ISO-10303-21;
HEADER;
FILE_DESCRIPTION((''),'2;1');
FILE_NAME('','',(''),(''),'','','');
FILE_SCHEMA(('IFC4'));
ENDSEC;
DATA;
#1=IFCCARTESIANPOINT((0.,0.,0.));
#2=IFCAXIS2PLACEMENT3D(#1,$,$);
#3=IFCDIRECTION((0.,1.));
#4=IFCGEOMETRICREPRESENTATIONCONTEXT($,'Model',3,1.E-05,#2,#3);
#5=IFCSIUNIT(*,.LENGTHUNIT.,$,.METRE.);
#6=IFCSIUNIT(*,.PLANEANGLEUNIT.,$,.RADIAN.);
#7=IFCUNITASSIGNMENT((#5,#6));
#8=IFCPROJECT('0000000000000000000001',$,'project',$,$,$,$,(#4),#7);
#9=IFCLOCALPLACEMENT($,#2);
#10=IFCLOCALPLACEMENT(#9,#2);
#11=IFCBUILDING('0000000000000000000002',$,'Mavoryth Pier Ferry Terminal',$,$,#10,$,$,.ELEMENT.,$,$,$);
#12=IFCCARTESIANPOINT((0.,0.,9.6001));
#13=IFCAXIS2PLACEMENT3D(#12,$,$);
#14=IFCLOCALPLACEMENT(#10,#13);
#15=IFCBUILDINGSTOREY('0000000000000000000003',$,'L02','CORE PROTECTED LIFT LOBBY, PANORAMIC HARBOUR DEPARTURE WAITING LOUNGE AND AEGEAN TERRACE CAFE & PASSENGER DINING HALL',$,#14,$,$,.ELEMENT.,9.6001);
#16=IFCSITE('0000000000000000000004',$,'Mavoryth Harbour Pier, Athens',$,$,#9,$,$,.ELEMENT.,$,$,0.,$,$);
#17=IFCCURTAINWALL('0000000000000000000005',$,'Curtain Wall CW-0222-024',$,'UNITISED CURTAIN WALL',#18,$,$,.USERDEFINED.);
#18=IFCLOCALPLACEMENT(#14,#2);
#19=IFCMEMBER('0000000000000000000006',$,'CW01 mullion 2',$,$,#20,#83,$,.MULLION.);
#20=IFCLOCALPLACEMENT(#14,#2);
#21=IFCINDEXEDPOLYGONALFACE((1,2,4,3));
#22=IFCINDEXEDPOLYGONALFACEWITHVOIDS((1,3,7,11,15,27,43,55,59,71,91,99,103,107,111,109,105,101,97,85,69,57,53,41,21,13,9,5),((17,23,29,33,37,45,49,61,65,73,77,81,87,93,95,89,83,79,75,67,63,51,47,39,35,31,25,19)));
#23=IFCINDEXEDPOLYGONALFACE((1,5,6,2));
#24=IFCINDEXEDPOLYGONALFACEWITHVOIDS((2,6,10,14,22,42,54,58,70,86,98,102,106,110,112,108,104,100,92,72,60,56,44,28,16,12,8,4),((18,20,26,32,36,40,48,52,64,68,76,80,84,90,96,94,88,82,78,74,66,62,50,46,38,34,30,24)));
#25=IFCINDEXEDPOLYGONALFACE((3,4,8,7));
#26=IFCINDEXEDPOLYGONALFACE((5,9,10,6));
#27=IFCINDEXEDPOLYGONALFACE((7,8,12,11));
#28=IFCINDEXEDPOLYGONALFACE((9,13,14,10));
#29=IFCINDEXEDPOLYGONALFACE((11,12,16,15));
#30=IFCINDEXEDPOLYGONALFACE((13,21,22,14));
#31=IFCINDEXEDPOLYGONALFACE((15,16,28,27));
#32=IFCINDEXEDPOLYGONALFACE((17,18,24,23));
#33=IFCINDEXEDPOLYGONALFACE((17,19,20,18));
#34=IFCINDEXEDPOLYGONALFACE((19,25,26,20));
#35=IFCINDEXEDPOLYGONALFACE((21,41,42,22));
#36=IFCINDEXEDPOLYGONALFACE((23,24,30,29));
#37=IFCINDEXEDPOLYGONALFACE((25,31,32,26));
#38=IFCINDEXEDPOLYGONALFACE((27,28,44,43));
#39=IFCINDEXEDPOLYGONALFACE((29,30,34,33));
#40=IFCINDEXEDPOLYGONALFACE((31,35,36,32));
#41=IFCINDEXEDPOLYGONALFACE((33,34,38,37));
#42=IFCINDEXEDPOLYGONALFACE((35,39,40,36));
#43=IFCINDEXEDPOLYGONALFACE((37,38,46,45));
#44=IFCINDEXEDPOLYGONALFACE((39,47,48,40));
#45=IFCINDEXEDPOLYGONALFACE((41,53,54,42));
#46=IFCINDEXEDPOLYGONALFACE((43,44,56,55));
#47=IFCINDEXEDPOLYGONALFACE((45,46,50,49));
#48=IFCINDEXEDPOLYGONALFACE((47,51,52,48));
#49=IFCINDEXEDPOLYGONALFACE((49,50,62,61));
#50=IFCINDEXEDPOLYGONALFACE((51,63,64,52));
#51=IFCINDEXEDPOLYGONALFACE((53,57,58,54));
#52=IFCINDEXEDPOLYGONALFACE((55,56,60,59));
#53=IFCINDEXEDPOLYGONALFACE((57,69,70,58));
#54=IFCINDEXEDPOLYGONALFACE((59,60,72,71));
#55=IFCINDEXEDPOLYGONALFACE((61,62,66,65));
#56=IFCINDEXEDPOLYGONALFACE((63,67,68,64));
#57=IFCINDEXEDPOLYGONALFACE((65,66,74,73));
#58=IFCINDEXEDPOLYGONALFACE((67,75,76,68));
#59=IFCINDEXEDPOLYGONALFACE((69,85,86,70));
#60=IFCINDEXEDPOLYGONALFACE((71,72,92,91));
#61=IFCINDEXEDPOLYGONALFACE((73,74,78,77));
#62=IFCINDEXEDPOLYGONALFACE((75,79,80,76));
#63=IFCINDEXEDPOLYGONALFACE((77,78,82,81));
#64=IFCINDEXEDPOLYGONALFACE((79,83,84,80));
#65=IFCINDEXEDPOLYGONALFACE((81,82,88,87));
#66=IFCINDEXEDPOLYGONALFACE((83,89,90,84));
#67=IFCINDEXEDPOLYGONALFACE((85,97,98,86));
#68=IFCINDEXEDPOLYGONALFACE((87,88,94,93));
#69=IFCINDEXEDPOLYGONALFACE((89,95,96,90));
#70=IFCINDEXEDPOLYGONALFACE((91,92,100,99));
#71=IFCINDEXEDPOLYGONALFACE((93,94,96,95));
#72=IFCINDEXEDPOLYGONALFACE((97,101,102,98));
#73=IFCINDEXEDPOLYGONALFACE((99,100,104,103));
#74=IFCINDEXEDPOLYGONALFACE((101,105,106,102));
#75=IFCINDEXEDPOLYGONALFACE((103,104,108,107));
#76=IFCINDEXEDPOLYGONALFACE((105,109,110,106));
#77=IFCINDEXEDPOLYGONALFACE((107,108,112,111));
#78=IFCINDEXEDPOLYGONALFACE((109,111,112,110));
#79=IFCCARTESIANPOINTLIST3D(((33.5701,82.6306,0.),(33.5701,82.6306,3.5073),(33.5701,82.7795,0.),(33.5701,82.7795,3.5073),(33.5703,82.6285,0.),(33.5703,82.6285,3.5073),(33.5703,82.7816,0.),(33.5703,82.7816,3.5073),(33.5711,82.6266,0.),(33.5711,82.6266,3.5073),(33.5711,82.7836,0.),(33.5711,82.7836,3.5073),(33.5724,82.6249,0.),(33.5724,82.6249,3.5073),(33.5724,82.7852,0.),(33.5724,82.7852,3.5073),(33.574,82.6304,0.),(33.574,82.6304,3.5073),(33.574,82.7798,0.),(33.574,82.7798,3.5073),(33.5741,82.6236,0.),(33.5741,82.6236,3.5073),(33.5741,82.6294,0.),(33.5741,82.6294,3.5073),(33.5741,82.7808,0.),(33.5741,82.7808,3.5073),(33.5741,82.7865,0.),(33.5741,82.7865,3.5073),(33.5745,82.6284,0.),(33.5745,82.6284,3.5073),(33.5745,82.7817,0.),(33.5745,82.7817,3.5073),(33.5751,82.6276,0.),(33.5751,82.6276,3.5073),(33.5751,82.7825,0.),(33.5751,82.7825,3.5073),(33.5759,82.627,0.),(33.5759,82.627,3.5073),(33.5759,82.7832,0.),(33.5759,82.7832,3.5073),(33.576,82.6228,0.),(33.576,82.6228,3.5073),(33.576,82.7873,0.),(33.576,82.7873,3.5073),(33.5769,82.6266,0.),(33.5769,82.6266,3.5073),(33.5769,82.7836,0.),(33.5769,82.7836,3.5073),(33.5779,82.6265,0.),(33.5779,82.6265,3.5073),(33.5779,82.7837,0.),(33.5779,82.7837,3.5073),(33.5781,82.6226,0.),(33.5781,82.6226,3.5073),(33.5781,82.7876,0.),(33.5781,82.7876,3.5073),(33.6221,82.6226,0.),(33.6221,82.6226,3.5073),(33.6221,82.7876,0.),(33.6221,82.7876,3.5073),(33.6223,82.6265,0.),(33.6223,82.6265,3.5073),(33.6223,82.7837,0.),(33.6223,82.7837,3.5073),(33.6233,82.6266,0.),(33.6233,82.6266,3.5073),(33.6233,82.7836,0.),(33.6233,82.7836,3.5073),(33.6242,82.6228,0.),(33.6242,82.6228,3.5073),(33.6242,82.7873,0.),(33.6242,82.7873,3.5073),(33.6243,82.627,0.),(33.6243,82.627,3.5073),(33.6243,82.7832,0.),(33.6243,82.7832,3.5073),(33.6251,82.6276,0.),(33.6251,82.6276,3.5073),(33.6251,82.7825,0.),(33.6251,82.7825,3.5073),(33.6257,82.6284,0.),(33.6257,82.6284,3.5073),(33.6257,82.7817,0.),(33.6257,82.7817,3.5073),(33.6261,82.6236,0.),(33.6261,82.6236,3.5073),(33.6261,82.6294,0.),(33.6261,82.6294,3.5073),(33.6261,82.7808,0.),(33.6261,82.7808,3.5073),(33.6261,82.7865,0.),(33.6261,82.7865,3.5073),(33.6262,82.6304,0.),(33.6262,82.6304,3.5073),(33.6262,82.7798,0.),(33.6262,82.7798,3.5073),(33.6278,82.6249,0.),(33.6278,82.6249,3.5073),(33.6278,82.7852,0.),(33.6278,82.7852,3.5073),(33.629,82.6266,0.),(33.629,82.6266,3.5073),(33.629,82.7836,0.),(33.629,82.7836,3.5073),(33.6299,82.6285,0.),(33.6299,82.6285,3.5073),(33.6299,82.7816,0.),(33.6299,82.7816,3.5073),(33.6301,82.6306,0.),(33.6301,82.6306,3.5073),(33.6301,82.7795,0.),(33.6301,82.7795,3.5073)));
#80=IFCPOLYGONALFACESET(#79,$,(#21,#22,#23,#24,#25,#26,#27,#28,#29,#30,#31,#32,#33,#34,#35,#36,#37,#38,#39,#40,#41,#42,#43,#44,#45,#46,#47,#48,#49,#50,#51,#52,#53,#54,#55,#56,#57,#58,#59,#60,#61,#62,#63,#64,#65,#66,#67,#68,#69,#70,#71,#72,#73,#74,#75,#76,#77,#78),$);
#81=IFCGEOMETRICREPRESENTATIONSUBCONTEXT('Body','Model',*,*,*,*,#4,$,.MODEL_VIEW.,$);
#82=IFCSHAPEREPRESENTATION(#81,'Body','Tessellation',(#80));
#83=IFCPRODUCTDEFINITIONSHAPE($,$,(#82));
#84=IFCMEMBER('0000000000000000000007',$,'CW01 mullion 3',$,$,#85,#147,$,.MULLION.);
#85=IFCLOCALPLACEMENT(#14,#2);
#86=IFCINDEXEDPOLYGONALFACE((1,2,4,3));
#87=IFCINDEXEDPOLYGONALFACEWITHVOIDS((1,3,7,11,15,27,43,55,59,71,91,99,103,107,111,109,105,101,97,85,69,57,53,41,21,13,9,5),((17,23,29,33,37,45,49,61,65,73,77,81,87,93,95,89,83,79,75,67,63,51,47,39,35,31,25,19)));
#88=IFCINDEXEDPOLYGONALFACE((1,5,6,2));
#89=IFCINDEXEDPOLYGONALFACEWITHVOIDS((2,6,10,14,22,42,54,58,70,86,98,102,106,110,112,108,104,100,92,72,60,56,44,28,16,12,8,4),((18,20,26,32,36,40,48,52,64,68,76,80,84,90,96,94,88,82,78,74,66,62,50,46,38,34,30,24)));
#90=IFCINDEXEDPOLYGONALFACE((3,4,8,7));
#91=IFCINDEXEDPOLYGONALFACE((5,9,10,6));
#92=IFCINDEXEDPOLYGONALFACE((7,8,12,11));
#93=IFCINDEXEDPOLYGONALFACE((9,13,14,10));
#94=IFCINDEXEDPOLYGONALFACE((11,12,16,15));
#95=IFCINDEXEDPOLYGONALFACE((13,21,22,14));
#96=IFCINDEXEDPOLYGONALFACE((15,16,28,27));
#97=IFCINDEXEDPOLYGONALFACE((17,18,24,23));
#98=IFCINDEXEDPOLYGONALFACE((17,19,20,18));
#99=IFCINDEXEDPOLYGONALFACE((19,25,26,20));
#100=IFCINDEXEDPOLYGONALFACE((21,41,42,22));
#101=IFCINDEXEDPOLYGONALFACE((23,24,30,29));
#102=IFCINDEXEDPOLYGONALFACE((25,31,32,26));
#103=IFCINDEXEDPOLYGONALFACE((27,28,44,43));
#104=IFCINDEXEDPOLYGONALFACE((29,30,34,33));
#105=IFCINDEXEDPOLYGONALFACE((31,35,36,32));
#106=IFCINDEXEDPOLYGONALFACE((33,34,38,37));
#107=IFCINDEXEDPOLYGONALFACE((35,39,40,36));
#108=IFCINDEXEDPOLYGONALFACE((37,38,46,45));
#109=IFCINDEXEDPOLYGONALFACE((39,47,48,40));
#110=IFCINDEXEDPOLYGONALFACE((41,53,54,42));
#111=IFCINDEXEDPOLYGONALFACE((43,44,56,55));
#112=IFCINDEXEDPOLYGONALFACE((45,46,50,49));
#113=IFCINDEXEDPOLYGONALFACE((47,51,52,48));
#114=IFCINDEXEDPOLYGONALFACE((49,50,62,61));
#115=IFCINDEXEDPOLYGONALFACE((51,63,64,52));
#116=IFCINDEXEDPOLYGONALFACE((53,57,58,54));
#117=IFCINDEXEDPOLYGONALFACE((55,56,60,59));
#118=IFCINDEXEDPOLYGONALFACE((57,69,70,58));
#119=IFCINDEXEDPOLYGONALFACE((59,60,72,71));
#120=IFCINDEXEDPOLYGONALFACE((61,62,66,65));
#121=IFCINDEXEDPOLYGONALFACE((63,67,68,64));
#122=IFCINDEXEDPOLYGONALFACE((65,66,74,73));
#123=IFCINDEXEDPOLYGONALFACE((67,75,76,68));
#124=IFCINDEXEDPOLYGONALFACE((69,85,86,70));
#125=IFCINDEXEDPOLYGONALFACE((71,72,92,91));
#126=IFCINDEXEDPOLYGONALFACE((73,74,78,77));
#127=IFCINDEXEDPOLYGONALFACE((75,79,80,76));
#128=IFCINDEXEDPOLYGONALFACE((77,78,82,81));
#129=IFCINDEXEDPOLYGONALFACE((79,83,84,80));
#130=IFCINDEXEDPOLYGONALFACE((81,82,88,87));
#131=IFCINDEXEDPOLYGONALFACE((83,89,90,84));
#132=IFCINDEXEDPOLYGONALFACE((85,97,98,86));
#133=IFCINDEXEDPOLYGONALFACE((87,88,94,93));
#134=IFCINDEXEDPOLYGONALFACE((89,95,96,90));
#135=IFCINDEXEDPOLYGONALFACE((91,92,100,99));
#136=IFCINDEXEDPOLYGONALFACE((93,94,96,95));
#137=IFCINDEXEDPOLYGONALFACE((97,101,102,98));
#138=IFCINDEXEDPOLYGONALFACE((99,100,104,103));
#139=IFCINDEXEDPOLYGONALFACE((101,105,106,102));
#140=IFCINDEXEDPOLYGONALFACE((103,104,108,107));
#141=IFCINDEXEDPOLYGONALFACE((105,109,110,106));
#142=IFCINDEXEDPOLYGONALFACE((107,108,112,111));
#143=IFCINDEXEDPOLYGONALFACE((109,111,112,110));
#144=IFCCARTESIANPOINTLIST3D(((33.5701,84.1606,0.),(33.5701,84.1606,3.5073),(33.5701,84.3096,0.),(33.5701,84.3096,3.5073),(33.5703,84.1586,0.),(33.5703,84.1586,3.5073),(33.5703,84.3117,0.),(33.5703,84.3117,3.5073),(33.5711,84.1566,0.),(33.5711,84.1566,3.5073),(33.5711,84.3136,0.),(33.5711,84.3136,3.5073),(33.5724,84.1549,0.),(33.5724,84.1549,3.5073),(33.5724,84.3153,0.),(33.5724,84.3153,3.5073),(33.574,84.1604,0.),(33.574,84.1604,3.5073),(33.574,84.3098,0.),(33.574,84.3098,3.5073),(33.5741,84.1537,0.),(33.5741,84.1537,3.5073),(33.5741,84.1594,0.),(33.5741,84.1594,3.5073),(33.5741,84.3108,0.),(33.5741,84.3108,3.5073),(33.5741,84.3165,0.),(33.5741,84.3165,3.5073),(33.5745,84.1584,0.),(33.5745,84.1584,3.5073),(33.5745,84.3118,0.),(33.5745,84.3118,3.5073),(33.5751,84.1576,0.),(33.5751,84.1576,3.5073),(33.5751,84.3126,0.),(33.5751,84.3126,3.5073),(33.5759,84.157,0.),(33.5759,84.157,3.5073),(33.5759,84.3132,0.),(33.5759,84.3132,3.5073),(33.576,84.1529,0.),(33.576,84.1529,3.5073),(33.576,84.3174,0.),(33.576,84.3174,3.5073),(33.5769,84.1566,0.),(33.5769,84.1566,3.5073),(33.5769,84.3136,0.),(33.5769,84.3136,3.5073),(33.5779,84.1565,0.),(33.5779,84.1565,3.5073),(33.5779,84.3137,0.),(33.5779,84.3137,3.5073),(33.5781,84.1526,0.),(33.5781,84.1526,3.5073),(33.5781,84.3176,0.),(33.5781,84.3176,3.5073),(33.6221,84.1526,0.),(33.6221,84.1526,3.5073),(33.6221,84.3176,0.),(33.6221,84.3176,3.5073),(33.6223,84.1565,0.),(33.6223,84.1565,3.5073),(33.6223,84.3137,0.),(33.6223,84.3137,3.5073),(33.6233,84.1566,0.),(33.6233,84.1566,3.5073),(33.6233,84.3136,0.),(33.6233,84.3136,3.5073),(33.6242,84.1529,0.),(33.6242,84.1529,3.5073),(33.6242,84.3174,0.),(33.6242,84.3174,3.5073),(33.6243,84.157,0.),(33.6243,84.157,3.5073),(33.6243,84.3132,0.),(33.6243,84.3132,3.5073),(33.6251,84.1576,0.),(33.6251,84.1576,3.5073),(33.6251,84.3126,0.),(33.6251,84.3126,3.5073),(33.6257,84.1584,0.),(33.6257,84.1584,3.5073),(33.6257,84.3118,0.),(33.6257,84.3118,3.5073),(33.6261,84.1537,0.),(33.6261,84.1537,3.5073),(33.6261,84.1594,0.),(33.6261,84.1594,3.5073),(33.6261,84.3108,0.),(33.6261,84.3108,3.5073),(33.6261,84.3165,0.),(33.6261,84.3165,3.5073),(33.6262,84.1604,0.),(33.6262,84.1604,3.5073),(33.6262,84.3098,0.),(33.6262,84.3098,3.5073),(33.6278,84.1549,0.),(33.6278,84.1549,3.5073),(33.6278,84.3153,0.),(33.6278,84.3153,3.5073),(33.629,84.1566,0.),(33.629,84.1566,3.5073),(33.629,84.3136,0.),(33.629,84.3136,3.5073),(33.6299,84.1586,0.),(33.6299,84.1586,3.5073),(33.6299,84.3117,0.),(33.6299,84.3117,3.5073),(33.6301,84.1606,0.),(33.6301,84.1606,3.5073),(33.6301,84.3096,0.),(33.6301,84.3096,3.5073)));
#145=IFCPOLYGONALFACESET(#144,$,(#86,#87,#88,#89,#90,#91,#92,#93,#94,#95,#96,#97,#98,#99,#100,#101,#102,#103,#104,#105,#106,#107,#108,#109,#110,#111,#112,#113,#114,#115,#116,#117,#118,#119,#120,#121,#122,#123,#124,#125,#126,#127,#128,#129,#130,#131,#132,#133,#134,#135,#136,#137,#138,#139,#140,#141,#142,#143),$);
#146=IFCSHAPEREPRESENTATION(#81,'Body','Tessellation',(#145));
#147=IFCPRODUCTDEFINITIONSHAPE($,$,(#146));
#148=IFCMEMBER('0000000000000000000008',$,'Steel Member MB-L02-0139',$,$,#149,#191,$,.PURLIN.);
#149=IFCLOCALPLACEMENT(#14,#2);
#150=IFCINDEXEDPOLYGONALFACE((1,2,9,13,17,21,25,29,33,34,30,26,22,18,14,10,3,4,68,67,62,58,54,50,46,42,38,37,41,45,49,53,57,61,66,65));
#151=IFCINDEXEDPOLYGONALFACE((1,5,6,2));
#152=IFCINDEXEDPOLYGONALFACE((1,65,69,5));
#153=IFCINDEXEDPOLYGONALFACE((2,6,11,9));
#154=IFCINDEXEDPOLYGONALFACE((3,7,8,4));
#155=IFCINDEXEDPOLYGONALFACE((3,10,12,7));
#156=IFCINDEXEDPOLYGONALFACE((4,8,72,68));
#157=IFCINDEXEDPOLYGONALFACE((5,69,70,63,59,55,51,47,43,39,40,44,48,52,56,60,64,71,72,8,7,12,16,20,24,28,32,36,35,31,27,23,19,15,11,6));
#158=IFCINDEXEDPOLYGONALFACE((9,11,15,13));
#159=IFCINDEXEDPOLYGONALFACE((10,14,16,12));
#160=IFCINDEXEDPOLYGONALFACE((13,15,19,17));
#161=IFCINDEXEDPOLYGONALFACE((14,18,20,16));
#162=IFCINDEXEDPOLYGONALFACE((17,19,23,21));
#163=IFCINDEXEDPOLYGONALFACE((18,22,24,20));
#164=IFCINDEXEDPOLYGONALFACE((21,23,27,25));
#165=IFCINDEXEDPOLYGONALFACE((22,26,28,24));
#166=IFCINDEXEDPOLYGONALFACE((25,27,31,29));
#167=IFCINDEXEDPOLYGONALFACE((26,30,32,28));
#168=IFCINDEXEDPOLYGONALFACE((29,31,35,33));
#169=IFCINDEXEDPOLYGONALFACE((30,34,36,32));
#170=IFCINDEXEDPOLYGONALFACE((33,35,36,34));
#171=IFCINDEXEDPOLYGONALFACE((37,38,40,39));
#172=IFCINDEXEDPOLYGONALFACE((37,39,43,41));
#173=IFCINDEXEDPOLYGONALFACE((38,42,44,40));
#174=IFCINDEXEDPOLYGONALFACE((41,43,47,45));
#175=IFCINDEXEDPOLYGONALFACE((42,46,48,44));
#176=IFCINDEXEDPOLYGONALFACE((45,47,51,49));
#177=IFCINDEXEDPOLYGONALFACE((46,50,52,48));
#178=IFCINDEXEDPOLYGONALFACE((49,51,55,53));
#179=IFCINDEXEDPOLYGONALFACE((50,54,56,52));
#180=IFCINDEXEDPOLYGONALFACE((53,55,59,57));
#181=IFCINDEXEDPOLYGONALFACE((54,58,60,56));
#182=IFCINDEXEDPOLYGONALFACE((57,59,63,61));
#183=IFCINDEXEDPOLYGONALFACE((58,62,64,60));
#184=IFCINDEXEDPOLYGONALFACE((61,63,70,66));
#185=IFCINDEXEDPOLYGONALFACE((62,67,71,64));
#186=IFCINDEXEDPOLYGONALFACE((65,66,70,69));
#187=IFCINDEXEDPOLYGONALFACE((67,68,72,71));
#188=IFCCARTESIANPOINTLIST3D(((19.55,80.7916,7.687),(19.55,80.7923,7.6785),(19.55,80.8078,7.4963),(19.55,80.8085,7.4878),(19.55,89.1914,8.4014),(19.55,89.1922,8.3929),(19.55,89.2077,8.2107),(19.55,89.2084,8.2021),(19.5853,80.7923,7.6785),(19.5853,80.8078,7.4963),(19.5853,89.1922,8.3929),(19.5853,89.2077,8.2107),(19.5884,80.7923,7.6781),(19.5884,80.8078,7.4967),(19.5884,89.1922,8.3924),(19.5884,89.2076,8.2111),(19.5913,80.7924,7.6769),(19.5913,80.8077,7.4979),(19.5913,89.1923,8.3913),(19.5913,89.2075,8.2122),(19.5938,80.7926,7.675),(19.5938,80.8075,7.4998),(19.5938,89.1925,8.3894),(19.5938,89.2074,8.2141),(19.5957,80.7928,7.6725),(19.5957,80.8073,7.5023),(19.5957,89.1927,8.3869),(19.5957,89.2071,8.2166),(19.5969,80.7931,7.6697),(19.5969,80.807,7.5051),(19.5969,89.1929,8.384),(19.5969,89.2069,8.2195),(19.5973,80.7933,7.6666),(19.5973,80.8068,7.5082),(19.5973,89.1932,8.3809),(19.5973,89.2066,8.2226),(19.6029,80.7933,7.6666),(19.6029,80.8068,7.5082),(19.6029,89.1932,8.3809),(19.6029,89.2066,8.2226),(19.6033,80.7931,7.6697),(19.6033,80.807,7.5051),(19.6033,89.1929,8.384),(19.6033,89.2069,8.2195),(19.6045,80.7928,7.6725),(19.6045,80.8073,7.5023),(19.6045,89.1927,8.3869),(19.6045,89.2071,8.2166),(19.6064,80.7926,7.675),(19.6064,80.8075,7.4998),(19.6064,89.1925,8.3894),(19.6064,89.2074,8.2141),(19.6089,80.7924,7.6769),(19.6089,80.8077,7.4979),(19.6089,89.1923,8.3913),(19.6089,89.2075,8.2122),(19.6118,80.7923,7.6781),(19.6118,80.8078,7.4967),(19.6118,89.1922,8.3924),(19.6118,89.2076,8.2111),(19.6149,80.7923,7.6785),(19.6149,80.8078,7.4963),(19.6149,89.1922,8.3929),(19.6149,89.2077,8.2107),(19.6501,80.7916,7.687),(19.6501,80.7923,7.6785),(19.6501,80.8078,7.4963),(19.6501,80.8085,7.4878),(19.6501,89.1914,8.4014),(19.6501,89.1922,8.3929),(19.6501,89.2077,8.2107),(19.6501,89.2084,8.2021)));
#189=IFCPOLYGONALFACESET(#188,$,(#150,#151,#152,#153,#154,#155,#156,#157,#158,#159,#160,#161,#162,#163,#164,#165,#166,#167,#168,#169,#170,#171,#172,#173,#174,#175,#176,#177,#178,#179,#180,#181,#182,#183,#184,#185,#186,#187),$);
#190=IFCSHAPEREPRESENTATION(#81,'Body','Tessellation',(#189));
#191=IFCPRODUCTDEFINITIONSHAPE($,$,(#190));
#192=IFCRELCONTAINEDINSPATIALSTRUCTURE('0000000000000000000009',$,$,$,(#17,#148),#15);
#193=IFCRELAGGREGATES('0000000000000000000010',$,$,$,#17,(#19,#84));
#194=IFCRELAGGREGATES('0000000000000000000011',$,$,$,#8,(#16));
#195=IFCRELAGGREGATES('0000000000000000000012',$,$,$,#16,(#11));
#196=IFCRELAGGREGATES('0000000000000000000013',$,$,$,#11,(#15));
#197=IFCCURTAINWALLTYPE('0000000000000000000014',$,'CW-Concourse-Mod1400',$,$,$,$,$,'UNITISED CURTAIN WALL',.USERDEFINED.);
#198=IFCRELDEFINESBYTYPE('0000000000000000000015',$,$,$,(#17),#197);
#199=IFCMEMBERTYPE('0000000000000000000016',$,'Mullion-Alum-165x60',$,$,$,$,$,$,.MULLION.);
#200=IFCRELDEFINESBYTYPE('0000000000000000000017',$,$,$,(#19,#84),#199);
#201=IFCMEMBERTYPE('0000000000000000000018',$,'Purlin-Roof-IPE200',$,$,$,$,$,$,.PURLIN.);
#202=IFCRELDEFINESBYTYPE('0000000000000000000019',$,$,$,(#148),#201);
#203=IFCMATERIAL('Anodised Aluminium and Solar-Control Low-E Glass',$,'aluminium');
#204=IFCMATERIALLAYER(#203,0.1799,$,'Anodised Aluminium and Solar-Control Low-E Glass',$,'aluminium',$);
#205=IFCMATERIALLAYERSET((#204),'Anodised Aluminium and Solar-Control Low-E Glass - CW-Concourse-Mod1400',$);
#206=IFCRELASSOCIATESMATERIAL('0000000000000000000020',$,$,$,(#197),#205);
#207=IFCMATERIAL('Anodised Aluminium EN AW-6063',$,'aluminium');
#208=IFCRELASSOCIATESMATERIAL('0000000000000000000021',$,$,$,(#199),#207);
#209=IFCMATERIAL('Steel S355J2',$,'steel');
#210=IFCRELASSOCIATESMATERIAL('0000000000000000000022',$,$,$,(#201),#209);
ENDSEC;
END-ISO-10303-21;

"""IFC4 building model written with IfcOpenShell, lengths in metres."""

from ifc_helpers import new_model, si_unit, direction, frame, origin, origin_2d, place, context, subcontext, project, spatial, hollow_rectangle, i_section, extrude, material, layer, layer_set, material_profile, profile_set, type_object, element, aggregate, save


model = new_model("IFC4")

# Units and contexts
model_context = context("Model", 3, precision=1e-05, world=origin(), true_north=direction((0.0, 1.0)))
body_context = subcontext(model_context, "Body", "Model", "MODEL_VIEW")
ifc_project = project(units=[si_unit("LENGTHUNIT", "METRE"), si_unit("PLANEANGLEUNIT", "RADIAN")], contexts=[model_context])

# Site, building, storey
site_placement = place(None, origin())
site = spatial("IfcSite", under=ifc_project, at=site_placement, Name="Mavoryth Harbour Pier, Athens", CompositionType="ELEMENT", RefElevation=0.0)
building_placement = place(site_placement, origin())
building = spatial("IfcBuilding", under=site, at=building_placement, Name="Mavoryth Pier Ferry Terminal", CompositionType="ELEMENT")
storey_placement = place(building_placement, frame((0.0, 0.0, 9.6001)))
storey = spatial("IfcBuildingStorey", under=building, at=storey_placement, Name="L02", Description="CORE PROTECTED LIFT LOBBY, PANORAMIC HARBOUR DEPARTURE WAITING LOUNGE AND AEGEAN TERRACE CAFE & PASSENGER DINING HALL", CompositionType="ELEMENT", Elevation=9.6001)

# Shared definitions
ifc_material_1 = material(Name="Steel S355J2", Category="steel")

# Curtain wall, members
ifc_material_2 = material(Name="Anodised Aluminium and Solar-Control Low-E Glass", Category="aluminium")
ifc_layer_1 = layer(ifc_material_2, 0.1799, Name="Anodised Aluminium and Solar-Control Low-E Glass", Category="aluminium")
ifc_layer_set_1 = layer_set([ifc_layer_1], Name="Anodised Aluminium and Solar-Control Low-E Glass - CW-Concourse-Mod1400")
curtain_wall_type = type_object("IfcCurtainWallType", Name="CW-Concourse-Mod1400", ElementType="UNITISED CURTAIN WALL", PredefinedType="USERDEFINED", material=ifc_layer_set_1)
curtain_wall_placement = place(storey_placement, origin())
curtain_wall = element("IfcCurtainWall", 1, at=curtain_wall_placement, inside=storey, type_object=curtain_wall_type, Name="Curtain Wall CW-0222-024", ObjectType="UNITISED CURTAIN WALL", PredefinedType="USERDEFINED")
ifc_material_3 = material(Name="Anodised Aluminium EN AW-6063", Category="aluminium")
ifc_material_profile_1 = material_profile(ifc_material_3, hollow_rectangle(XDim=0.0601, YDim=0.165, WallThickness=0.0039, InnerFilletRadius=0.0039, OuterFilletRadius=0.0081, at=origin_2d()), Name="AL-MULL 165x60x4", Category="aluminium")
ifc_profile_set_1 = profile_set([ifc_material_profile_1], Name="Anodised Aluminium EN AW-6063 - AL-MULL 165x60x4")
member_type_1 = type_object("IfcMemberType", Name="Mullion-Alum-165x60", PredefinedType="MULLION", material=ifc_profile_set_1)
member_1_placement = place(storey_placement, frame((33.6001, 82.7051, 0.0), z_axis=(0.0, 0.0, 1.0), x_axis=(-1.0, 0.0, 0.0)))
member_1 = element("IfcMember", 2, at=member_1_placement, type_object=member_type_1, Name="CW01 mullion 2", PredefinedType="MULLION", context=body_context, shape_type="SweptSolid", body=[
    extrude(hollow_rectangle(XDim=0.0601, YDim=0.165, WallThickness=0.0039, InnerFilletRadius=0.0039, OuterFilletRadius=0.0081, at=origin_2d()), origin(), (0.0, 0.0, 1.0), 3.5073),
])
member_2_placement = place(storey_placement, frame((33.6001, 84.2351, 0.0), z_axis=(0.0, 0.0, 1.0), x_axis=(-1.0, 0.0, 0.0)))
member_2 = element("IfcMember", 3, at=member_2_placement, type_object=member_type_1, Name="CW01 mullion 3", PredefinedType="MULLION", context=body_context, shape_type="SweptSolid", body=[
    extrude(hollow_rectangle(XDim=0.0601, YDim=0.165, WallThickness=0.0039, InnerFilletRadius=0.0039, OuterFilletRadius=0.0081, at=origin_2d()), origin(), (0.0, 0.0, 1.0), 3.5073),
])

# Member
ifc_material_profile_2 = material_profile(ifc_material_1, i_section(OverallWidth=0.1001, OverallDepth=0.2, WebThickness=0.0056, FlangeThickness=0.0085, FilletRadius=0.012, at=origin_2d()), Name="IPE 200", Category="steel")
ifc_profile_set_2 = profile_set([ifc_material_profile_2], Name="Steel S355J2 - IPE 200")
member_type_2 = type_object("IfcMemberType", Name="Purlin-Roof-IPE200", PredefinedType="PURLIN", material=ifc_profile_set_2)
member_3_placement = place(storey_placement, frame((19.6001, 80.8, 7.5874), z_axis=(0.0, 0.996403, 0.084737), x_axis=(-1.0, 0.0, 0.0)))
element("IfcMember", 4, at=member_3_placement, inside=storey, type_object=member_type_2, Name="Steel Member MB-L02-0139", PredefinedType="PURLIN", context=body_context, shape_type="SweptSolid", body=[
    extrude(i_section(OverallWidth=0.1001, OverallDepth=0.2, WebThickness=0.0056, FlangeThickness=0.0085, FilletRadius=0.012, at=origin_2d()), origin(), (0.0, 0.0, 1.0), 8.4302),
])

aggregate(curtain_wall, [member_1, member_2])

save(model, "model.ifc")
